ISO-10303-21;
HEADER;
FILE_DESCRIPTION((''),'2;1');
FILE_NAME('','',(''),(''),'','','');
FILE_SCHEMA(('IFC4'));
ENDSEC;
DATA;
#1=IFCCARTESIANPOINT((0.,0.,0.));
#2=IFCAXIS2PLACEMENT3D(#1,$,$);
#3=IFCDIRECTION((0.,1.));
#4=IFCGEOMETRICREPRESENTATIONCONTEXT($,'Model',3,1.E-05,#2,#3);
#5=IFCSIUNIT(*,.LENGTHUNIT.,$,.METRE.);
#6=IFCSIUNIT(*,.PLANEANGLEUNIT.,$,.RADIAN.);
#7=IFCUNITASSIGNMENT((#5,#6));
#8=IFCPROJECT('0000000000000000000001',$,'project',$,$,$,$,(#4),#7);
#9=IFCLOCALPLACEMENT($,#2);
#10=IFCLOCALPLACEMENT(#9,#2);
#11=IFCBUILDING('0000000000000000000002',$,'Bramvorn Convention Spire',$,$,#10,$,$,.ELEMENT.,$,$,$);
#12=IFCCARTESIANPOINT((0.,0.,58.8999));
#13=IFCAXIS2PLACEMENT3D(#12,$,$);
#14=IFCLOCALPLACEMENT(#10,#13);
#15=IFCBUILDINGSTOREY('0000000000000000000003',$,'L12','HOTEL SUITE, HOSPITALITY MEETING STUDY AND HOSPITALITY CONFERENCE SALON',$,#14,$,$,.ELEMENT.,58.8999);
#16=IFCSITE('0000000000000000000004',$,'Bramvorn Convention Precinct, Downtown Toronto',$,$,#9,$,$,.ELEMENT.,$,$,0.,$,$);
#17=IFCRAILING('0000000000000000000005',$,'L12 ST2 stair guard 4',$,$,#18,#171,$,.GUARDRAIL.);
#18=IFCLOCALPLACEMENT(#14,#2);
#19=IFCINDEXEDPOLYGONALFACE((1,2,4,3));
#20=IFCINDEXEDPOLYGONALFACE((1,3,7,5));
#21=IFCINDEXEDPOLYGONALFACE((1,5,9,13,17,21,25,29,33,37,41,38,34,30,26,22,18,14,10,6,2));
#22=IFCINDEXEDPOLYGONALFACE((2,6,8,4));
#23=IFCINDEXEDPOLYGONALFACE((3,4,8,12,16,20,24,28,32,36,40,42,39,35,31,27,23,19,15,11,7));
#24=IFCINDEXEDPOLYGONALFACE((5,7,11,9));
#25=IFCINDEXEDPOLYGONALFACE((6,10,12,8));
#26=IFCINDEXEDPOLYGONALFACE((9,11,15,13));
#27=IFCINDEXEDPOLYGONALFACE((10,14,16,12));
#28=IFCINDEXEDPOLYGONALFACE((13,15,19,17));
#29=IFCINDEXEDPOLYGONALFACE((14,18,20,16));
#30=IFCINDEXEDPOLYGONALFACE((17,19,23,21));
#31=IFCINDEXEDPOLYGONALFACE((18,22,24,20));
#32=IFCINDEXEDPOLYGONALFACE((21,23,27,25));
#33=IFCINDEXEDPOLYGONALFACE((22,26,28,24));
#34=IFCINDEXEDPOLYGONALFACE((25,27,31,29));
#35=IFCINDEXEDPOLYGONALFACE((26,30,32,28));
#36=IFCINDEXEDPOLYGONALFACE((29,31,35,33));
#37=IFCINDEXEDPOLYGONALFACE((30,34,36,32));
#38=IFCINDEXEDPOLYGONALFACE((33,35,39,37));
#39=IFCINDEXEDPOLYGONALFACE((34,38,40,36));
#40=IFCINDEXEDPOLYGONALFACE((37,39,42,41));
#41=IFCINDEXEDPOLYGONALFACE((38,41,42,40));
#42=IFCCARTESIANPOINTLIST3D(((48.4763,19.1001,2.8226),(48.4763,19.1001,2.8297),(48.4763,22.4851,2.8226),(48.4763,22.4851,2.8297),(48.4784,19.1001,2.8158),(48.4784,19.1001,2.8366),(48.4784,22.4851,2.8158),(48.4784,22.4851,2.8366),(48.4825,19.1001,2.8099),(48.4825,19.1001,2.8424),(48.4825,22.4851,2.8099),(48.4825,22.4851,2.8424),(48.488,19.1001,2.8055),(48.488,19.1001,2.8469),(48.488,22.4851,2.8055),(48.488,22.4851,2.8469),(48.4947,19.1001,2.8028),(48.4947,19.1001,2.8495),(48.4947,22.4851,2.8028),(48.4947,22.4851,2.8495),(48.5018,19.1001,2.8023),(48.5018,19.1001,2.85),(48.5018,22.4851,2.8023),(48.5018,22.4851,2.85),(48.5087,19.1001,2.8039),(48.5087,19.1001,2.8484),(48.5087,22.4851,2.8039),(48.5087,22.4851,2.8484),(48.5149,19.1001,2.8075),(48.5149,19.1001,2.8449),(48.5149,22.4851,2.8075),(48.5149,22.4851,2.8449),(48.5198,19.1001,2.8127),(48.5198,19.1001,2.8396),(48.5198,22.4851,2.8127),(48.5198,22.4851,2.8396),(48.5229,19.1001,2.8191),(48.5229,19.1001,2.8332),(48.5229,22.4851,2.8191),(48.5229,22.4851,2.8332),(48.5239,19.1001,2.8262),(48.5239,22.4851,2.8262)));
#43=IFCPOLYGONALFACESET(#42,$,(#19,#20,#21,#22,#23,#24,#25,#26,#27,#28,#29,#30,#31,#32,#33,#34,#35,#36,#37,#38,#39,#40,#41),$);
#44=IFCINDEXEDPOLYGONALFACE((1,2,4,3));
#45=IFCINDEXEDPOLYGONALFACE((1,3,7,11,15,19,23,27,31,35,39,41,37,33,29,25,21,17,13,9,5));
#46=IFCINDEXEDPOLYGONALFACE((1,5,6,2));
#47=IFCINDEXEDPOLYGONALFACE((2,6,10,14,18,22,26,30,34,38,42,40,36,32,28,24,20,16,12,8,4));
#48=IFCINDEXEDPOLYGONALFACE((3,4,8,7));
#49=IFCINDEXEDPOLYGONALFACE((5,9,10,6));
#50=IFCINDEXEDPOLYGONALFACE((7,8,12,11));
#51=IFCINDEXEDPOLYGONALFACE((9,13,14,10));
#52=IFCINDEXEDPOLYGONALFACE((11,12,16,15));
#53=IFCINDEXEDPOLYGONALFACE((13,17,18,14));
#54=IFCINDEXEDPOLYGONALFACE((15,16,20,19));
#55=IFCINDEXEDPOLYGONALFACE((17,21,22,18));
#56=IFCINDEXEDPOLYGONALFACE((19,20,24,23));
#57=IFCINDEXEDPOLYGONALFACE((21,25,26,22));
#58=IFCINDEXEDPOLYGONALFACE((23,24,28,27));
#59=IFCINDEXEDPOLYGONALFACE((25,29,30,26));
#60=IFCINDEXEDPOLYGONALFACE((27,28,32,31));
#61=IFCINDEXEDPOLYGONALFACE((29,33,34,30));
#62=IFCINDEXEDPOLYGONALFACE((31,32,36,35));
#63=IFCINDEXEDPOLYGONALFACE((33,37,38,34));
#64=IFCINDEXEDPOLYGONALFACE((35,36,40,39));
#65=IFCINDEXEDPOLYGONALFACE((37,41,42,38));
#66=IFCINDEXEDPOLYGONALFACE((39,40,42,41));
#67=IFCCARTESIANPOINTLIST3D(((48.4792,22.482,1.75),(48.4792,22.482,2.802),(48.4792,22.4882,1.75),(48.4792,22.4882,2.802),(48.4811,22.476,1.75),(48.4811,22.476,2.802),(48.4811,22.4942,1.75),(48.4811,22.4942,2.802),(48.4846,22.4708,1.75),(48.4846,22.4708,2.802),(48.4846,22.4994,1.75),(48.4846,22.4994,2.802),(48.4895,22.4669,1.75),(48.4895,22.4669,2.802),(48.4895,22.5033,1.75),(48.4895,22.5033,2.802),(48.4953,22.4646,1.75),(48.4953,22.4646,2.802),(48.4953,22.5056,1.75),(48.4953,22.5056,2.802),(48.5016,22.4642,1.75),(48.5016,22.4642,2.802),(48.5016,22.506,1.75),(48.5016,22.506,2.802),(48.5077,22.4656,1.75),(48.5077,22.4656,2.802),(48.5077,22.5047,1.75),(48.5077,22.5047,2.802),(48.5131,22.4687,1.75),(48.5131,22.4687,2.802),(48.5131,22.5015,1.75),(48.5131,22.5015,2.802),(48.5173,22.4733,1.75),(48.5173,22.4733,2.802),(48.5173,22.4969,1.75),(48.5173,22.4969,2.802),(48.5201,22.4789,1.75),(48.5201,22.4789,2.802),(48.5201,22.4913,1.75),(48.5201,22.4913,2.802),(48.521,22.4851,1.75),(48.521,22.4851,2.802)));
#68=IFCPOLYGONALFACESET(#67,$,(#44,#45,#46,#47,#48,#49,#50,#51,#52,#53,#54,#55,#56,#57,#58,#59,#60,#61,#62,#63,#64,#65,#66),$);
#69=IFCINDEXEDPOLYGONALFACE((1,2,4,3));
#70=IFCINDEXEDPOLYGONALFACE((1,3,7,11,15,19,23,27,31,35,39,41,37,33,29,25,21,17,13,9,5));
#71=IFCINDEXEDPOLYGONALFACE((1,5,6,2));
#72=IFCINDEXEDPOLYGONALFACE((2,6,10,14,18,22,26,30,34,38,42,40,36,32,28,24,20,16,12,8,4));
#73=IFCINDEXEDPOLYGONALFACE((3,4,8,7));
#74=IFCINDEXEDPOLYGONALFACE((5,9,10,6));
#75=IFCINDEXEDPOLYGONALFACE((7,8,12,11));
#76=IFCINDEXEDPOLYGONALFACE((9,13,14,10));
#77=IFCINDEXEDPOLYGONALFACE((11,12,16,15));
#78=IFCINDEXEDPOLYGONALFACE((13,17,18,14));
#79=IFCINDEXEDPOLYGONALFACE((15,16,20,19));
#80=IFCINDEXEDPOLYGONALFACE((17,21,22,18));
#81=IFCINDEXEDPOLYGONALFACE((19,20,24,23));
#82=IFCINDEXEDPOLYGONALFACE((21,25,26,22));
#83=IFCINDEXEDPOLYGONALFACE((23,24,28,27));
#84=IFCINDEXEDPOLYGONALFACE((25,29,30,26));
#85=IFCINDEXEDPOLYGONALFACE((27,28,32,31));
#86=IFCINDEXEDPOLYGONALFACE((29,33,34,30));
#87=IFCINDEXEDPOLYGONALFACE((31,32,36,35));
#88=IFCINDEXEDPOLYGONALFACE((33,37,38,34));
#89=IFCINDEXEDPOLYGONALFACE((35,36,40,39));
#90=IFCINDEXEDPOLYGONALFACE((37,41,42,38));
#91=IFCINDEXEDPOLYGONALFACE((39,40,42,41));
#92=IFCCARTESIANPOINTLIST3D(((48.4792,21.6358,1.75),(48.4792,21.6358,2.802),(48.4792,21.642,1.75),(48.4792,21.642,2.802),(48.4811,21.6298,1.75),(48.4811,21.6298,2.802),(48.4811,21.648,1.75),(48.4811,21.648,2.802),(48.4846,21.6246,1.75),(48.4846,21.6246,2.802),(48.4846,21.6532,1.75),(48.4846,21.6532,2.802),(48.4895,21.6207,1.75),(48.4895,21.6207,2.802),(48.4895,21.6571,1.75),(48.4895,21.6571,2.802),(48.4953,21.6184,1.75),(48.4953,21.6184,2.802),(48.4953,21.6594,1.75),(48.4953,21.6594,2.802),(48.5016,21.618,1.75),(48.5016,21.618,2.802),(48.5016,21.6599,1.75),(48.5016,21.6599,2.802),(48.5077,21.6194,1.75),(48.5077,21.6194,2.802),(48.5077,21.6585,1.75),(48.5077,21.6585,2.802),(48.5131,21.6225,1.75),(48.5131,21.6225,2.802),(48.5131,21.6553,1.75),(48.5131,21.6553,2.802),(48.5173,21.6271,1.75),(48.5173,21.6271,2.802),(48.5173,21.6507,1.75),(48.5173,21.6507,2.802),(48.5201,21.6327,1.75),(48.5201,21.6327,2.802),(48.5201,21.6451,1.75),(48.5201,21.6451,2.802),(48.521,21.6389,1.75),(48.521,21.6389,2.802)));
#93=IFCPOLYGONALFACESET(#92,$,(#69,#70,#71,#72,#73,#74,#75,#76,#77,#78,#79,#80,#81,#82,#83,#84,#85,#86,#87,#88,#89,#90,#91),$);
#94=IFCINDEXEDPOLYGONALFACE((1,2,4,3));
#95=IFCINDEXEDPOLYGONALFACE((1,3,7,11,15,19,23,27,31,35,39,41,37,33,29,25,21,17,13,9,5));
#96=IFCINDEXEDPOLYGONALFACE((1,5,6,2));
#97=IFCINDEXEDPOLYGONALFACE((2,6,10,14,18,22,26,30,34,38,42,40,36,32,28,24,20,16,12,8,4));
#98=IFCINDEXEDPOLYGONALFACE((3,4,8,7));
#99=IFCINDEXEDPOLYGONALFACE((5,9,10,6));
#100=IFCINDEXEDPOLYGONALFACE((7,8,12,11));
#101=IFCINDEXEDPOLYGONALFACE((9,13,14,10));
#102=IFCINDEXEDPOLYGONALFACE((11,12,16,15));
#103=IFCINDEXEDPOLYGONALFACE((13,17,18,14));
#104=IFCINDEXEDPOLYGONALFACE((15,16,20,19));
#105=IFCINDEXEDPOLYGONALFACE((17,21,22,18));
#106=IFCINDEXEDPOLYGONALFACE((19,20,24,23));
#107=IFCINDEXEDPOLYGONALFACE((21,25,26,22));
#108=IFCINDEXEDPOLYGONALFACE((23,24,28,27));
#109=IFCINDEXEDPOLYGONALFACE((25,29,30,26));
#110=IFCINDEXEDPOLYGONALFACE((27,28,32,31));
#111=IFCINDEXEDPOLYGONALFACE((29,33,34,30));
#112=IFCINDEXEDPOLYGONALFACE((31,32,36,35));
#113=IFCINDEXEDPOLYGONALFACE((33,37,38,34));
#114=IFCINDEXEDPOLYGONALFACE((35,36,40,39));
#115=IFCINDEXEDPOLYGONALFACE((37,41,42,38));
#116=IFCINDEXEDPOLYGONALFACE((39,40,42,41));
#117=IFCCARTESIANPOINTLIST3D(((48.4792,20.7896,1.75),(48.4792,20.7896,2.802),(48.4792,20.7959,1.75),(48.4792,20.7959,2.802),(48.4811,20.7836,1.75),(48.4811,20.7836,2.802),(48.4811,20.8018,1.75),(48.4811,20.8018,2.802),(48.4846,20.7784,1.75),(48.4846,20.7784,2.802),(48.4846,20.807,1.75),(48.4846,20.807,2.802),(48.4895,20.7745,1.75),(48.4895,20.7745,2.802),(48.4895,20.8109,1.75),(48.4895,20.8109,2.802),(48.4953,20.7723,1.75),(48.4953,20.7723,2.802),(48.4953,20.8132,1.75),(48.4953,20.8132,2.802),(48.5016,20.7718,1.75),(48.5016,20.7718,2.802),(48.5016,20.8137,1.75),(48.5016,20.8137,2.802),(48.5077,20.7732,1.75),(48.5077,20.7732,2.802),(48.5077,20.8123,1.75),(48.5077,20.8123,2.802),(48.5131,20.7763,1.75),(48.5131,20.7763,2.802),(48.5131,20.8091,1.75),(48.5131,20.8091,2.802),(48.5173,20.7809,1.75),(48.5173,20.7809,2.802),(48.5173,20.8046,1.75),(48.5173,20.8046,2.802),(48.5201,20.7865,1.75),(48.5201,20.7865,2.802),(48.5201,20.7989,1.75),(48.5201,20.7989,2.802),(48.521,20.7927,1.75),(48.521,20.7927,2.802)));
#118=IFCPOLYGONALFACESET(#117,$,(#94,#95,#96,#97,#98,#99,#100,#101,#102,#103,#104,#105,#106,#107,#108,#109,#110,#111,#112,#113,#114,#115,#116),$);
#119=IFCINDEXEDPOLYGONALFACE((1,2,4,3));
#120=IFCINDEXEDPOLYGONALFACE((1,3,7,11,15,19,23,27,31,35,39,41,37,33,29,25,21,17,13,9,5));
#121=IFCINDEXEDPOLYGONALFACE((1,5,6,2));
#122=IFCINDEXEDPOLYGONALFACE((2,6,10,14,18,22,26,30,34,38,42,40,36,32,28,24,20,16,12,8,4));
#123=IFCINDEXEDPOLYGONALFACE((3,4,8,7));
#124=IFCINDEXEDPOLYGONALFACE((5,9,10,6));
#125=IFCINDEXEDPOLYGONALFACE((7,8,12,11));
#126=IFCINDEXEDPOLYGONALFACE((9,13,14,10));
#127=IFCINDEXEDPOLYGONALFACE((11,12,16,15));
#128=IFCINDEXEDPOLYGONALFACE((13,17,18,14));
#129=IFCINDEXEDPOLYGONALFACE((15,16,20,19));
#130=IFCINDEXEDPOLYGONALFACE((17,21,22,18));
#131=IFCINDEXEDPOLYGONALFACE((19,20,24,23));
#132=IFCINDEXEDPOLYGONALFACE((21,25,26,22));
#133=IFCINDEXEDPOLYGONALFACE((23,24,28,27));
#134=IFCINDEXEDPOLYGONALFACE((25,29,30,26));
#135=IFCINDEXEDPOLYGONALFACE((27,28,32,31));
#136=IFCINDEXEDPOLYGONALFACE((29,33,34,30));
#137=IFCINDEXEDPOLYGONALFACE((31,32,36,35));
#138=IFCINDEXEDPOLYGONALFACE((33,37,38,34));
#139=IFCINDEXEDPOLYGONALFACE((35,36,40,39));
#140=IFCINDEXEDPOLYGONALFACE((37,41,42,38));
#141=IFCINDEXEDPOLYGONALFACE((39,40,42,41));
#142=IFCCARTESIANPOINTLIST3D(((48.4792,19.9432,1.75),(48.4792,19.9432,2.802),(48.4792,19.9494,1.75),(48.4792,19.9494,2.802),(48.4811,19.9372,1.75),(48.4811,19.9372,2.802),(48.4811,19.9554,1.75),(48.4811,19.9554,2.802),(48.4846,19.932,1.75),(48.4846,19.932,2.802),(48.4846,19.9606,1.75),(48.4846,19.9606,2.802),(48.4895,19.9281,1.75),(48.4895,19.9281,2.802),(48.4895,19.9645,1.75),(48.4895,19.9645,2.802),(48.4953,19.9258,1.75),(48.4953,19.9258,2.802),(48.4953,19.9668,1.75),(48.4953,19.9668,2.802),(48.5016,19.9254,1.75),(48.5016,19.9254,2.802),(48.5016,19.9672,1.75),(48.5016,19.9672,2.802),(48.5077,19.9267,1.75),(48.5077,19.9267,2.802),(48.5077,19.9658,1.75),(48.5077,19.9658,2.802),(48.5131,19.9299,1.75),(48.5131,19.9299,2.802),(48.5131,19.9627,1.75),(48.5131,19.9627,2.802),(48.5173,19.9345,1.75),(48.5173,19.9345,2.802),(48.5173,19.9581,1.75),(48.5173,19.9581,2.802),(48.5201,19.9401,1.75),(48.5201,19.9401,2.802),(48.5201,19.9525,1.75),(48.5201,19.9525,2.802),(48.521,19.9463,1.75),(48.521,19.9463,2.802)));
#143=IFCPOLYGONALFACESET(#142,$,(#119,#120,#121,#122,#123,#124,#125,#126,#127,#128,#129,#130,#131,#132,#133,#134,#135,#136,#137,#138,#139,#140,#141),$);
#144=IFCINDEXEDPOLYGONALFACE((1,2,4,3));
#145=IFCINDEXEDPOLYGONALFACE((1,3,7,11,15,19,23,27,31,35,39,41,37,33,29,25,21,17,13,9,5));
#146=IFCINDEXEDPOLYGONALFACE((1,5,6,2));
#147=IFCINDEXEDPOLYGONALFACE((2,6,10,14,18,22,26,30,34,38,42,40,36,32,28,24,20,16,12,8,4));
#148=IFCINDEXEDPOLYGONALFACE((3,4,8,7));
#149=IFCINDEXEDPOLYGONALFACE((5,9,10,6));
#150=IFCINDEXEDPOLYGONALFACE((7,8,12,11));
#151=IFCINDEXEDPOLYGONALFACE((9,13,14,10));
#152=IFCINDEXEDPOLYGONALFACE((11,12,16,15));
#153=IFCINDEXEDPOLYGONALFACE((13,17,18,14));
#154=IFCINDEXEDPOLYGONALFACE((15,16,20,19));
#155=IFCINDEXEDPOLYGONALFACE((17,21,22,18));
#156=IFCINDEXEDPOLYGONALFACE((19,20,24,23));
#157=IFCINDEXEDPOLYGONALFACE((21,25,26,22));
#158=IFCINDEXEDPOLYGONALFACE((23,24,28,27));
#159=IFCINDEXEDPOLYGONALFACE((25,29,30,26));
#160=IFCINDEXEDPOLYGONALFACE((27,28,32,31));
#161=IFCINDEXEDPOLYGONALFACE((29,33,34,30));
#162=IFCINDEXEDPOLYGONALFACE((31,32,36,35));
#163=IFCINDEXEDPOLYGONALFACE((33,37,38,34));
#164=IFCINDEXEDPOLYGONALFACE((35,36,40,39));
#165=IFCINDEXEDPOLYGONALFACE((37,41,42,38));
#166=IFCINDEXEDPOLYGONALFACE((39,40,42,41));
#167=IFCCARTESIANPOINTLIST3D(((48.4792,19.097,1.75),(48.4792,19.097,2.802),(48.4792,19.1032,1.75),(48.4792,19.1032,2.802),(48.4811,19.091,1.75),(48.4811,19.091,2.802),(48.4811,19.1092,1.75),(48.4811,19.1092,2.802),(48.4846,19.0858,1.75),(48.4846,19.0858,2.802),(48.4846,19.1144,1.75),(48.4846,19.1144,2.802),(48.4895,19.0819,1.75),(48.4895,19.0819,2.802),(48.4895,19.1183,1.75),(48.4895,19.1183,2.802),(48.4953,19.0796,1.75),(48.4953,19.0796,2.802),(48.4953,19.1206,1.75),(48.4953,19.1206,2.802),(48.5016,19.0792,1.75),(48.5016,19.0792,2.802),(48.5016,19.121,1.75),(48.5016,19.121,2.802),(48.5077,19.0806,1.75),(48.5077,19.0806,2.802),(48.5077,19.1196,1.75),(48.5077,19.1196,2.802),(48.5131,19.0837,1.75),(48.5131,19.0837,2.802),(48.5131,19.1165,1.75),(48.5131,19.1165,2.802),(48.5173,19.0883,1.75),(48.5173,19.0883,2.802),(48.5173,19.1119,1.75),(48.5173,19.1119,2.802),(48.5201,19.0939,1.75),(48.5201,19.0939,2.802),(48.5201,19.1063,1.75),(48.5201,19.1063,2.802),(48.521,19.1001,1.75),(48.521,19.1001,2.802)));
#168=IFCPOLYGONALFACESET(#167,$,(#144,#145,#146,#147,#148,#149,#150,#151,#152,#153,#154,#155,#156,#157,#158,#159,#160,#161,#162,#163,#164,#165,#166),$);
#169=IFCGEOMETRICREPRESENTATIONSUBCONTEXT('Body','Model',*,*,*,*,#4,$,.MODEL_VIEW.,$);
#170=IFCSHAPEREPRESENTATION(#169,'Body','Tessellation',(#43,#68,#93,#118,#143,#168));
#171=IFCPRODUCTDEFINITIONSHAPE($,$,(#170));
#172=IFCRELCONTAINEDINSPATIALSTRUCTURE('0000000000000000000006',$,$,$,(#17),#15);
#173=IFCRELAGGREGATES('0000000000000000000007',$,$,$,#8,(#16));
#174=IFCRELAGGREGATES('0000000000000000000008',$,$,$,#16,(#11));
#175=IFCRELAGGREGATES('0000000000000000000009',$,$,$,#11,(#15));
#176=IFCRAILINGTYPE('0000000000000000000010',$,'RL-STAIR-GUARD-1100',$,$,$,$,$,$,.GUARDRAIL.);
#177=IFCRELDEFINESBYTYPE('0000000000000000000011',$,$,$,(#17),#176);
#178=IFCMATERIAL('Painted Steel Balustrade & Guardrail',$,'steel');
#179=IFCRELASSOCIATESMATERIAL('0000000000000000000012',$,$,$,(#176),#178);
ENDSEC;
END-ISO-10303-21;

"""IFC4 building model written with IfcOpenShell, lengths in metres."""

from ifc_helpers import new_model, si_unit, direction, frame, origin, origin_2d, place, context, subcontext, project, spatial, circle, extrude, material, type_object, element, save


model = new_model("IFC4")

# Units and contexts
model_context = context("Model", 3, precision=1e-05, world=origin(), true_north=direction((0.0, 1.0)))
body_context = subcontext(model_context, "Body", "Model", "MODEL_VIEW")
ifc_project = project(units=[si_unit("LENGTHUNIT", "METRE"), si_unit("PLANEANGLEUNIT", "RADIAN")], contexts=[model_context])

# Site, building, storey
site_placement = place(None, origin())
site = spatial("IfcSite", under=ifc_project, at=site_placement, Name="Bramvorn Convention Precinct, Downtown Toronto", CompositionType="ELEMENT", RefElevation=0.0)
building_placement = place(site_placement, origin())
building = spatial("IfcBuilding", under=site, at=building_placement, Name="Bramvorn Convention Spire", CompositionType="ELEMENT")
storey_placement = place(building_placement, frame((0.0, 0.0, 58.8999)))
storey = spatial("IfcBuildingStorey", under=building, at=storey_placement, Name="L12", Description="HOTEL SUITE, HOSPITALITY MEETING STUDY AND HOSPITALITY CONFERENCE SALON", CompositionType="ELEMENT", Elevation=58.8999)

# Railing
ifc_material_1 = material(Name="Painted Steel Balustrade & Guardrail", Category="steel")
railing_type_1 = type_object("IfcRailingType", Name="RL-STAIR-GUARD-1100", PredefinedType="GUARDRAIL", material=ifc_material_1)
railing_1_placement = place(storey_placement, frame((48.5, 22.4851, 1.75)))
element("IfcRailing", 1, at=railing_1_placement, inside=storey, type_object=railing_type_1, Name="L12 ST2 stair guard 4", PredefinedType="GUARDRAIL", context=body_context, shape_type="SweptSolid", body=[
    extrude(circle(Radius=0.0239, at=origin_2d()), frame((0.0, 0.0, 1.0762), z_axis=(0.0, -1.0, 0.0), x_axis=(1.0, 0.0, 0.0)), (0.0, 0.0, 1.0), 3.385),
    extrude(circle(Radius=0.021, at=origin_2d()), origin(), (0.0, 0.0, 1.0), 1.052),
    extrude(circle(Radius=0.021, at=origin_2d()), frame((0.0, -0.8462, 0.0)), (0.0, 0.0, 1.0), 1.052),
    extrude(circle(Radius=0.021, at=origin_2d()), frame((0.0, -1.6924, 0.0)), (0.0, 0.0, 1.0), 1.052),
    extrude(circle(Radius=0.021, at=origin_2d()), frame((0.0, -2.5388, 0.0)), (0.0, 0.0, 1.0), 1.052),
    extrude(circle(Radius=0.021, at=origin_2d()), frame((0.0, -3.385, 0.0)), (0.0, 0.0, 1.0), 1.052),
])

save(model, "model.ifc")
